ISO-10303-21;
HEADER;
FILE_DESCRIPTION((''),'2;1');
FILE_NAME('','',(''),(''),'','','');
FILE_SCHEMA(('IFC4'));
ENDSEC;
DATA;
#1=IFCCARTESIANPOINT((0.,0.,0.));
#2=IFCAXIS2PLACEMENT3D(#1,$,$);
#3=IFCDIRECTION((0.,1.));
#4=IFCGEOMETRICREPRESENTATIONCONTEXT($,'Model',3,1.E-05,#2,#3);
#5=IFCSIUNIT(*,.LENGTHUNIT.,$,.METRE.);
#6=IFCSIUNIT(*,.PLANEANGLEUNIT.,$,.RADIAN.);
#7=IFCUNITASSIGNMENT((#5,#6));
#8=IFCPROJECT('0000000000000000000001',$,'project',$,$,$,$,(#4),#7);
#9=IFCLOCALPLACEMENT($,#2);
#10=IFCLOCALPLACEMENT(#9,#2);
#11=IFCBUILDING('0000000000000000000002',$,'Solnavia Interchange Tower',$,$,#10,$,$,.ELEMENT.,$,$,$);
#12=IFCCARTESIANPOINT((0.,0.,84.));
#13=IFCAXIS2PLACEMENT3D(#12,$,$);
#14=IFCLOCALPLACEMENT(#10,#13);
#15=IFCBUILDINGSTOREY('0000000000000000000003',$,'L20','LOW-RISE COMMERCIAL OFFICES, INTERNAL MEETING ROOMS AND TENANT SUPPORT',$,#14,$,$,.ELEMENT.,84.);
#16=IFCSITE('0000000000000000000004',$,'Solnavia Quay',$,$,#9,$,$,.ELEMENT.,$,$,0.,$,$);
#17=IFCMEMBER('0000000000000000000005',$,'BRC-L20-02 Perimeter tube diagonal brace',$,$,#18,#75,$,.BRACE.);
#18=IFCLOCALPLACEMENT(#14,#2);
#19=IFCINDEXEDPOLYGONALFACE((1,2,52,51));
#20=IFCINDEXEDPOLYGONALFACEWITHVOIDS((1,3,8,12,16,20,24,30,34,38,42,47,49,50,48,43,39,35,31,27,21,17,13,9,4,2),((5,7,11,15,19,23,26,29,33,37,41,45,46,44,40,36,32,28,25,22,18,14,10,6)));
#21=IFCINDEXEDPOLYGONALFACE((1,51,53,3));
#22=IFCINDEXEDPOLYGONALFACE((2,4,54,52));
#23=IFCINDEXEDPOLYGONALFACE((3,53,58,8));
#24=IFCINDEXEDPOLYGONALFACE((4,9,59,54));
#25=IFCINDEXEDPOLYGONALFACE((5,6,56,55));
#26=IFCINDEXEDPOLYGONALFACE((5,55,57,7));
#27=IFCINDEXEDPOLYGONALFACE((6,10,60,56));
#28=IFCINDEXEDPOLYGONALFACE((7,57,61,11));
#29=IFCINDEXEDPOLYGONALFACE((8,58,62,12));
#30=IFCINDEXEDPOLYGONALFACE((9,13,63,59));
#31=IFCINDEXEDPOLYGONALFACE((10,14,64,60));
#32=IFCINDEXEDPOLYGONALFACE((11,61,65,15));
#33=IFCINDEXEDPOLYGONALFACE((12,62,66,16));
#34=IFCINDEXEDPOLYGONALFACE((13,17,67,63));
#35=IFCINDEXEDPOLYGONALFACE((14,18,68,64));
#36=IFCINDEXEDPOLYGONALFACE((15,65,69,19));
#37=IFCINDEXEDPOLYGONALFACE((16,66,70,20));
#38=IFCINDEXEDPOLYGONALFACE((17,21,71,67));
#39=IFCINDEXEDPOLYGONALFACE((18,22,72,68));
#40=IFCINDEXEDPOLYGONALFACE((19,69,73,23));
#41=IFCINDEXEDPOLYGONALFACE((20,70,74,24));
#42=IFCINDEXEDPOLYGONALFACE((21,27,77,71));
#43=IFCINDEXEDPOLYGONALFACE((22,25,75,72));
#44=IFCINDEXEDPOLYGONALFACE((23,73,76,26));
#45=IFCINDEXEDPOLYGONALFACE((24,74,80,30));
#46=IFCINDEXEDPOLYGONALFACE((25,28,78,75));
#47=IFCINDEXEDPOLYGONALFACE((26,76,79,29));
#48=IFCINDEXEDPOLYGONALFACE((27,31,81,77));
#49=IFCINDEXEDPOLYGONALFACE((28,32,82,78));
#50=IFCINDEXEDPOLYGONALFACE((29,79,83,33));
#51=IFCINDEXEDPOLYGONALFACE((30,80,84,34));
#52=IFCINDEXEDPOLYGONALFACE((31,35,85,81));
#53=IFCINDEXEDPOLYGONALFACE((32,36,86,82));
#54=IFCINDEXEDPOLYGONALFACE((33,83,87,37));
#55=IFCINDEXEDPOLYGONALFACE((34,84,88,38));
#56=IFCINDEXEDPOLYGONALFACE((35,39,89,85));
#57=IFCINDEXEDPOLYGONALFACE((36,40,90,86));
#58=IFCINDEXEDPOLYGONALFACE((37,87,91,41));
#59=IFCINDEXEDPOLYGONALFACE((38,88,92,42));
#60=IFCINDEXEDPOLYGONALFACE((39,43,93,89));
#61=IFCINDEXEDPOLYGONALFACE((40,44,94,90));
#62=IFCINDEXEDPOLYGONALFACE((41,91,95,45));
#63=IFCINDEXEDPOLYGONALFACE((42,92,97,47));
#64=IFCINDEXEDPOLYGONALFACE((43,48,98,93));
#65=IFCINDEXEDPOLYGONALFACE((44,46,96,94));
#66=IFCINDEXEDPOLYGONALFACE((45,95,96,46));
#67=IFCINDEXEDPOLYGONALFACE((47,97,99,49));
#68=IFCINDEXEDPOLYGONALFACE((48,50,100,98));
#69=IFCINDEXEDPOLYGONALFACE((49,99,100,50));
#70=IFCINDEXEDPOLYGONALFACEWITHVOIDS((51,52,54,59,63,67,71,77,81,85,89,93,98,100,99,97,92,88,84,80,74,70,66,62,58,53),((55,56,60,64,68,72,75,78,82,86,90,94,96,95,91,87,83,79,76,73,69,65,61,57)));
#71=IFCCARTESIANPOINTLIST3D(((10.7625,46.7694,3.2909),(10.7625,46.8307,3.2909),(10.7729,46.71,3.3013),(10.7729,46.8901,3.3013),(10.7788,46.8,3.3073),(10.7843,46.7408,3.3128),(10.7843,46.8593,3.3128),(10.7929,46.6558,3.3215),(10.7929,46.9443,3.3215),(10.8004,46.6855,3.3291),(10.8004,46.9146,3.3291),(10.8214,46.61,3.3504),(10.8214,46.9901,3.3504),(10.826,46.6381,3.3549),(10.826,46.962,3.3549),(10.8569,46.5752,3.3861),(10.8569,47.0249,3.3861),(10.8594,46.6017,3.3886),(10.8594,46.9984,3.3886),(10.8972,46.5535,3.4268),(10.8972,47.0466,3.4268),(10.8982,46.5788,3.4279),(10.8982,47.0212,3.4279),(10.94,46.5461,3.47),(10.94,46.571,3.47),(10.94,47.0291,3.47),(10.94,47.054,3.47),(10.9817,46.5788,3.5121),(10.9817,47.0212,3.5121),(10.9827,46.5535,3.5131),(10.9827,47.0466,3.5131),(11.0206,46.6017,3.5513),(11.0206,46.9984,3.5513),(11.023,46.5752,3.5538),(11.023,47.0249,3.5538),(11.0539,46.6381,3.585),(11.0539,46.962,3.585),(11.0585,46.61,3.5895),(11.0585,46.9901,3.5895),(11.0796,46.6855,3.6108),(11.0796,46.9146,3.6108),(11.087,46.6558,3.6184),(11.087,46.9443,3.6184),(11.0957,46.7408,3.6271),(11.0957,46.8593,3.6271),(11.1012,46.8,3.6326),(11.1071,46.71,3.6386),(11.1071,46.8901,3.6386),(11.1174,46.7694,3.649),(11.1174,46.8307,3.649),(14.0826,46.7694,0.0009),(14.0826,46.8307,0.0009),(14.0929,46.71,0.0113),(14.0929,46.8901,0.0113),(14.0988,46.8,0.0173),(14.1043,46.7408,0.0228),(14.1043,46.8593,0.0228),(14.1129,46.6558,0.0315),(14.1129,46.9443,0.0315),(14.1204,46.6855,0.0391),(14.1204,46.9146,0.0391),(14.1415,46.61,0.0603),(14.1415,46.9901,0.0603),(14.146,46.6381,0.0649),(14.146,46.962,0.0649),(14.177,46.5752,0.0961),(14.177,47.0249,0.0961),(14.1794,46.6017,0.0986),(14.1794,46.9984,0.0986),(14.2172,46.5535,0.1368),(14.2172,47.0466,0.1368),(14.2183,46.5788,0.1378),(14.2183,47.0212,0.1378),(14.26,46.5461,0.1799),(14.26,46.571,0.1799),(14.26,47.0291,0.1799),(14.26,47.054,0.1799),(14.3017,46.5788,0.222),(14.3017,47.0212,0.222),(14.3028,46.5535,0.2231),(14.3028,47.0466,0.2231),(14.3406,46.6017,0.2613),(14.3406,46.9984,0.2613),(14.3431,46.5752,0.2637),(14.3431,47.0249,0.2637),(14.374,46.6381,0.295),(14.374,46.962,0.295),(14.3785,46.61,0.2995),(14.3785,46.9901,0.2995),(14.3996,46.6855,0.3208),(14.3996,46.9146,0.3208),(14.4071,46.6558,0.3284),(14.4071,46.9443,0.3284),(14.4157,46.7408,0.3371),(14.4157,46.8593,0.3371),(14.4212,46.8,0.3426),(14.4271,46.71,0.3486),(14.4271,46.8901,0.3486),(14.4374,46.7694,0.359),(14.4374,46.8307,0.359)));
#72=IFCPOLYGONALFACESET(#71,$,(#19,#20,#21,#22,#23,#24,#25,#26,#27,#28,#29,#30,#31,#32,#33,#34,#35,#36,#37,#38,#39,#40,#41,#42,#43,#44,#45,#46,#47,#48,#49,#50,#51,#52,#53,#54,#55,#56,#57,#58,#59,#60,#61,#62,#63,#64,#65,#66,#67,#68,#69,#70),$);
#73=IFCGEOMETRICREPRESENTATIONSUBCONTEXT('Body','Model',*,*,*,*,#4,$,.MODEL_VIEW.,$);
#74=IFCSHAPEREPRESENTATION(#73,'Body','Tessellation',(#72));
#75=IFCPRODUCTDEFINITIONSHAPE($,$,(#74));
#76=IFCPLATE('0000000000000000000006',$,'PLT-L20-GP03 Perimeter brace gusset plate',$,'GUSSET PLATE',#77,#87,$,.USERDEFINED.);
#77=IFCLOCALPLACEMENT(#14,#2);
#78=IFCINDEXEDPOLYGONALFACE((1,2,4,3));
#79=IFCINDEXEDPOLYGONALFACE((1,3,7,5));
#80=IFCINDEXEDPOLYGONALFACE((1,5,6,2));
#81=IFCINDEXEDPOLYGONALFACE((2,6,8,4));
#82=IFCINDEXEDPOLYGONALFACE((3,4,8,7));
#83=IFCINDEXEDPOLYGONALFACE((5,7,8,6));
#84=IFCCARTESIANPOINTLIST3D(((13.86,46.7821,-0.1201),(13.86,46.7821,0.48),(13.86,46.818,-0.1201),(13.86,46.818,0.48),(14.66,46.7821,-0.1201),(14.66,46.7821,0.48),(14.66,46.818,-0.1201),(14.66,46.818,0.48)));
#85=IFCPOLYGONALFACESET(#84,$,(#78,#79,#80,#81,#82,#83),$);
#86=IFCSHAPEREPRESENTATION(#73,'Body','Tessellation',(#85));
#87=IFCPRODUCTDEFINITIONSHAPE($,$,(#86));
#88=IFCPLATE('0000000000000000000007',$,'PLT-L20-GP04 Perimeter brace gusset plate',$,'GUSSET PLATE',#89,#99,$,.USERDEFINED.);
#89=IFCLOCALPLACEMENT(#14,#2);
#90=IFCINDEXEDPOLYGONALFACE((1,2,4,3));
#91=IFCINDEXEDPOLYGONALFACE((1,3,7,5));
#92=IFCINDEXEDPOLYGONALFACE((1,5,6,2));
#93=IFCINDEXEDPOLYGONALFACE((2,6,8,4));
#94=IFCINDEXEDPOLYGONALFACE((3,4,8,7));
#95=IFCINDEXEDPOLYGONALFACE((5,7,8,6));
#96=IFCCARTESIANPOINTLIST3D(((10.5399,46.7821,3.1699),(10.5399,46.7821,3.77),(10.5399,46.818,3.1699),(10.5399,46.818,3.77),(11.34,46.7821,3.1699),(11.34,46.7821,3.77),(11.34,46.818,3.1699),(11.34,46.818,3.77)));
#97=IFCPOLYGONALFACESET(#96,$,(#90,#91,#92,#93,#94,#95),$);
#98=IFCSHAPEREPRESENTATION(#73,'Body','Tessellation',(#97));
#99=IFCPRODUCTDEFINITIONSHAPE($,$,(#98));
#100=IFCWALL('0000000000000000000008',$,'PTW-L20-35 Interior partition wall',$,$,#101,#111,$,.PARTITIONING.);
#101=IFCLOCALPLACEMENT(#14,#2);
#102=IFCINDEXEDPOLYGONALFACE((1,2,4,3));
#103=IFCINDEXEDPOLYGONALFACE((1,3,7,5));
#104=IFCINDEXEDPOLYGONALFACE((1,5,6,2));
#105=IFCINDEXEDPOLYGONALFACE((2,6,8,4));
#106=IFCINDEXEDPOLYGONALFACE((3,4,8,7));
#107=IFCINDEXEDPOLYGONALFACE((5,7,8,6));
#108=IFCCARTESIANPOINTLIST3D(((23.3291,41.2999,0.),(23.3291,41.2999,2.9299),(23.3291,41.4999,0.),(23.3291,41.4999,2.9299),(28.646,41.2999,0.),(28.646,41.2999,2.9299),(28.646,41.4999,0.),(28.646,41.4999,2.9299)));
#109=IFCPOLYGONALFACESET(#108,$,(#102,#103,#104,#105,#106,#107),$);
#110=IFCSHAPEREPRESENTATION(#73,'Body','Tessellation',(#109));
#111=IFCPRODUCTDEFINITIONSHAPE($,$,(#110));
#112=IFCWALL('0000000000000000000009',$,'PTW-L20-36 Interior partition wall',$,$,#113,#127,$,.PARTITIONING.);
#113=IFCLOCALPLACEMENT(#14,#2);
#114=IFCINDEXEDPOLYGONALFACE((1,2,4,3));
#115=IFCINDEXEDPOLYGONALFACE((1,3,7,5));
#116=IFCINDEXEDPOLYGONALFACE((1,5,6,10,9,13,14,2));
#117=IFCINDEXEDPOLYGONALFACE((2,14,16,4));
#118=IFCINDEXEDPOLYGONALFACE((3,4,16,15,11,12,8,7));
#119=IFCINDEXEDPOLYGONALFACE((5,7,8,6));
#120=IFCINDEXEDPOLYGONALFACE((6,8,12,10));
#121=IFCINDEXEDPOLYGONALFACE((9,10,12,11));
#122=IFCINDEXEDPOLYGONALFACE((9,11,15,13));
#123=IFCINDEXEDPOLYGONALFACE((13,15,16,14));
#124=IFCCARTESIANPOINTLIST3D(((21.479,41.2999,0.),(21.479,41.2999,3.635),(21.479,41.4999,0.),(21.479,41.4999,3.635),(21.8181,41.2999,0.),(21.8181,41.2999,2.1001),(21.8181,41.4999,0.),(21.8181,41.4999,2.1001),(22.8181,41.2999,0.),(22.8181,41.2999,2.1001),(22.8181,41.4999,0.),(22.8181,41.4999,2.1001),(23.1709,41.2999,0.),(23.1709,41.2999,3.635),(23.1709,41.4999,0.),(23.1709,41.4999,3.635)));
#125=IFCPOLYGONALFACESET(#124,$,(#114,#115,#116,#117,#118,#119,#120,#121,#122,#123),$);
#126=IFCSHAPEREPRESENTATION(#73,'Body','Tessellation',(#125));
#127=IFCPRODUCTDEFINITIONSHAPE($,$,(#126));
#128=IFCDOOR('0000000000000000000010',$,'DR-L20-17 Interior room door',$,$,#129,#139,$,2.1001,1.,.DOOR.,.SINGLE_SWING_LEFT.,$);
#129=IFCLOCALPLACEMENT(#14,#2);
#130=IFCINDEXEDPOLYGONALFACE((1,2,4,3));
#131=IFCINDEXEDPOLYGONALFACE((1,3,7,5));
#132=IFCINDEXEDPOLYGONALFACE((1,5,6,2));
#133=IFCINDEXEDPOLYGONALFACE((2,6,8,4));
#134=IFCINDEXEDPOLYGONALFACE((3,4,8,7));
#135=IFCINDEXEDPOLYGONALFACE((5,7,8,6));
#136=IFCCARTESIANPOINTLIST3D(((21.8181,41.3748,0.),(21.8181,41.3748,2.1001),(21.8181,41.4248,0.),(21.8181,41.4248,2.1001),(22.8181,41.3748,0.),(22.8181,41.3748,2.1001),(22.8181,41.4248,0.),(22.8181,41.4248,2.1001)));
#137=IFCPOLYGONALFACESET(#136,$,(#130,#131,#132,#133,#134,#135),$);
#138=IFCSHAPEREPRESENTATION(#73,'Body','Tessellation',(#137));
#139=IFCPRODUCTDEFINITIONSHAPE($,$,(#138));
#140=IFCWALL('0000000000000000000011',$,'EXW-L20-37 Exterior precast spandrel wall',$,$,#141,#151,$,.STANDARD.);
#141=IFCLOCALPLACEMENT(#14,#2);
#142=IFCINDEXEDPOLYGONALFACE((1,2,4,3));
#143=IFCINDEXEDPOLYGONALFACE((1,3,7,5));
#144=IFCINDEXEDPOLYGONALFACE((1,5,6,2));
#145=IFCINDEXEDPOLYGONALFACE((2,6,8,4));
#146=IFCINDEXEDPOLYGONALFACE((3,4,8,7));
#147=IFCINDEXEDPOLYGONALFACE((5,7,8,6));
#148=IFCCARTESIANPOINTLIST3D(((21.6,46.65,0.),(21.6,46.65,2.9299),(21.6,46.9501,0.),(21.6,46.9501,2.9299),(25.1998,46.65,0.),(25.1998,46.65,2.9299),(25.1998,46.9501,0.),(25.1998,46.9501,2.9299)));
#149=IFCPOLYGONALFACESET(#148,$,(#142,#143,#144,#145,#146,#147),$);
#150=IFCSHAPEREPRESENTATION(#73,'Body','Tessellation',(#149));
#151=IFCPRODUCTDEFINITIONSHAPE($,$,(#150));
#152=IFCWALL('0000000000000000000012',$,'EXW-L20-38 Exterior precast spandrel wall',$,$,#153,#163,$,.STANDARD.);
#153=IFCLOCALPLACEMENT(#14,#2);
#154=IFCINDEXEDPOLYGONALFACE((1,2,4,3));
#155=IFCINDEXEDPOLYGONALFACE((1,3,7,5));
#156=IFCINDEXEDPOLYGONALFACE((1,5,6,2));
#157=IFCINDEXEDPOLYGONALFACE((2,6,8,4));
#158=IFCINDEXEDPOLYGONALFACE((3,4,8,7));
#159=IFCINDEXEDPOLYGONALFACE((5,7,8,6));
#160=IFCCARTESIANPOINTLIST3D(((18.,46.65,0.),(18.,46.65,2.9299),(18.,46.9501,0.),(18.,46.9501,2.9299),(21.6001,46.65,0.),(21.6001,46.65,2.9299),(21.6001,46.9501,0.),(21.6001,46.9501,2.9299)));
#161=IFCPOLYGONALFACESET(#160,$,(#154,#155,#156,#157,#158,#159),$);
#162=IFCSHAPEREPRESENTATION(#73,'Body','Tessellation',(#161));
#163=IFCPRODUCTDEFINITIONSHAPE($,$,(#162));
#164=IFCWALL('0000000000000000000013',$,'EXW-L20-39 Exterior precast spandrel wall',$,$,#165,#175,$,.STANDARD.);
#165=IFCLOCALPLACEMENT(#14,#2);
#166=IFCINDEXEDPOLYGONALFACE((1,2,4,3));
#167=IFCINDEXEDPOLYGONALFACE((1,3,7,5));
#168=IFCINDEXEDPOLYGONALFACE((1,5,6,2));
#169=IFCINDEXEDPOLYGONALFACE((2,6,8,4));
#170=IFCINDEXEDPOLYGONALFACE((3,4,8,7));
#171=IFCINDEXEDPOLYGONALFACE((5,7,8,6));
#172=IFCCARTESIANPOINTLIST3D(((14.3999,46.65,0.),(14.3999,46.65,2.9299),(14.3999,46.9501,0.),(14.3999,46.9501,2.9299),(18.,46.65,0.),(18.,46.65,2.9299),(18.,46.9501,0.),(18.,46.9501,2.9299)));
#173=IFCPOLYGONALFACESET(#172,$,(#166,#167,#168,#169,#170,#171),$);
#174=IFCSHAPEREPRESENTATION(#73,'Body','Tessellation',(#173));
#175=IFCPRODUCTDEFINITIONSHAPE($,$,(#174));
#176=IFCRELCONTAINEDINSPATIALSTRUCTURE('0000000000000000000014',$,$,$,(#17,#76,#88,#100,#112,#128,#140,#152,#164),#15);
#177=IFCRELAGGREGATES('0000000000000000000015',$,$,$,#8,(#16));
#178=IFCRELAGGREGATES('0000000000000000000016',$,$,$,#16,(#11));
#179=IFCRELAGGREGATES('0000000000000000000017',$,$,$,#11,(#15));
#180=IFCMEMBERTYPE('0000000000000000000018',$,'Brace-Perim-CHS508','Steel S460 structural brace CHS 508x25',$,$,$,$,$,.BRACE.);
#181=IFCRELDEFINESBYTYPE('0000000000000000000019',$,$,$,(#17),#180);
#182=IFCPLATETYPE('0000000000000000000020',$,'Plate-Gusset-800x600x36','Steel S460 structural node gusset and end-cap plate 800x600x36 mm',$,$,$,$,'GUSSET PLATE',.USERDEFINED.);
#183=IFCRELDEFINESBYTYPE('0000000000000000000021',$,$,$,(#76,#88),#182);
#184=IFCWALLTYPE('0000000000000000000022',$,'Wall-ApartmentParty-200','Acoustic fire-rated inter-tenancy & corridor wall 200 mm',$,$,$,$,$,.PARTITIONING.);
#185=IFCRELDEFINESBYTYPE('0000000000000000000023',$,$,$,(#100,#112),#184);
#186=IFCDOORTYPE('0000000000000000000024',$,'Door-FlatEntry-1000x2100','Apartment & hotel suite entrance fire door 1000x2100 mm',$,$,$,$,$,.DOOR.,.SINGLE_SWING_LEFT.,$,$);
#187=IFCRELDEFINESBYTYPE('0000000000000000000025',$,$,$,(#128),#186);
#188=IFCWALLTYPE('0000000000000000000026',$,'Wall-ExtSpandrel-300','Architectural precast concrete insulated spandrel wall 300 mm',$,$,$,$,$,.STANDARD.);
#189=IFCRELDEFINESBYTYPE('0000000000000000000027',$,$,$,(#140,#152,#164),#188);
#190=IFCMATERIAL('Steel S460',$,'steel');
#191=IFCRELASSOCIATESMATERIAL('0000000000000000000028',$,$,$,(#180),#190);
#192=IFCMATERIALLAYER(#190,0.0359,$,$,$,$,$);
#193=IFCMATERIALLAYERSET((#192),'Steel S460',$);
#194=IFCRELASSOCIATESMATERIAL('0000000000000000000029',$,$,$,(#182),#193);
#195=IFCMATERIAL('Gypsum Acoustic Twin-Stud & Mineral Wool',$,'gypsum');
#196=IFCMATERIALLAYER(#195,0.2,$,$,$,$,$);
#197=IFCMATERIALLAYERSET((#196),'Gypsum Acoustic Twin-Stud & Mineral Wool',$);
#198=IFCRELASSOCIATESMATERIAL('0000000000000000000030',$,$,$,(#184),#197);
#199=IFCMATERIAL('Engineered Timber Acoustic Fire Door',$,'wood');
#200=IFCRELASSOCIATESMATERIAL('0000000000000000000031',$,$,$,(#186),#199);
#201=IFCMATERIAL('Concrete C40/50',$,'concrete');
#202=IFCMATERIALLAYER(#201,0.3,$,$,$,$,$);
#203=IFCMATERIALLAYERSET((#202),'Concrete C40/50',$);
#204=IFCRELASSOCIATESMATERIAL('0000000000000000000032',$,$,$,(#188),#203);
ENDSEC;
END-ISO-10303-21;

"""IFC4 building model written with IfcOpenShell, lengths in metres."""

from ifc_helpers import new_model, si_unit, direction, frame, frame_2d, origin, origin_2d, place, context, subcontext, project, spatial, rectangle, hollow_circle, extrude, material, layer, layer_set, material_profile, profile_set, type_object, element, fill, save


model = new_model("IFC4")

# Units and contexts
model_context = context("Model", 3, precision=1e-05, world=origin(), true_north=direction((0.0, 1.0)))
body_context = subcontext(model_context, "Body", "Model", "MODEL_VIEW")
ifc_project = project(units=[si_unit("LENGTHUNIT", "METRE"), si_unit("PLANEANGLEUNIT", "RADIAN")], contexts=[model_context])

# Site, building, storey
site_placement = place(None, origin())
site = spatial("IfcSite", under=ifc_project, at=site_placement, Name="Solnavia Quay", CompositionType="ELEMENT", RefElevation=0.0)
building_placement = place(site_placement, origin())
building = spatial("IfcBuilding", under=site, at=building_placement, Name="Solnavia Interchange Tower", CompositionType="ELEMENT")
storey_placement = place(building_placement, frame((0.0, 0.0, 84.0)))
storey = spatial("IfcBuildingStorey", under=building, at=storey_placement, Name="L20", Description="LOW-RISE COMMERCIAL OFFICES, INTERNAL MEETING ROOMS AND TENANT SUPPORT", CompositionType="ELEMENT", Elevation=84.0)

# Shared definitions
ifc_material_1 = material(Name="Steel S460", Category="steel")

# Member
ifc_material_profile_1 = material_profile(ifc_material_1, hollow_circle(Radius=0.2539, WallThickness=0.0249, at=origin_2d()), Name="CHS 508x25")
ifc_profile_set_1 = profile_set([ifc_material_profile_1], Name="Steel S460")
member_type = type_object("IfcMemberType", Name="Brace-Perim-CHS508", Description="Steel S460 structural brace CHS 508x25", PredefinedType="BRACE", material=ifc_profile_set_1)
member_placement = place(storey_placement, frame((14.26, 46.8, 0.1799), z_axis=(-0.710312, 0.0, 0.703887), x_axis=(0.0, -1.0, 0.0)))
element("IfcMember", 1, at=member_placement, inside=storey, type_object=member_type, Name="BRC-L20-02 Perimeter tube diagonal brace", PredefinedType="BRACE", context=body_context, shape_type="SweptSolid", body=[
    extrude(hollow_circle(Radius=0.2539, WallThickness=0.0249, at=origin_2d()), origin(), (0.0, 0.0, 1.0), 4.6741),
])

# Plates
ifc_layer_1 = layer(ifc_material_1, 0.0359)
ifc_layer_set_1 = layer_set([ifc_layer_1], Name="Steel S460")
plate_type = type_object("IfcPlateType", Name="Plate-Gusset-800x600x36", Description="Steel S460 structural node gusset and end-cap plate 800x600x36 mm", ElementType="GUSSET PLATE", PredefinedType="USERDEFINED", material=ifc_layer_set_1)
for number, where, z_axis, x_axis, name in (
    (2, (14.26, 46.8, -0.1201), (0.0, 0.0, 1.0), (-1.0, 0.0, 0.0), "PLT-L20-GP03 Perimeter brace gusset plate"),
    (3, (10.9399, 46.8, 3.1699), (0.0, 0.0, 1.0), (-1.0, 0.0, 0.0), "PLT-L20-GP04 Perimeter brace gusset plate"),
):
    element("IfcPlate", number, at=place(storey_placement, frame(where, z_axis=z_axis, x_axis=x_axis)), inside=storey, type_object=plate_type, Name=name, ObjectType="GUSSET PLATE", PredefinedType="USERDEFINED", context=body_context, shape_type="SweptSolid", body=[
        extrude(rectangle(XDim=0.8, YDim=0.0359, at=origin_2d()), origin(), (0.0, 0.0, 1.0), 0.6001),
    ])

# Wall
ifc_material_2 = material(Name="Gypsum Acoustic Twin-Stud & Mineral Wool", Category="gypsum")
ifc_layer_2 = layer(ifc_material_2, 0.2)
ifc_layer_set_2 = layer_set([ifc_layer_2], Name="Gypsum Acoustic Twin-Stud & Mineral Wool")
wall_type_1 = type_object("IfcWallType", Name="Wall-ApartmentParty-200", Description="Acoustic fire-rated inter-tenancy & corridor wall 200 mm", PredefinedType="PARTITIONING", material=ifc_layer_set_2)
wall_1_placement = place(storey_placement, frame((23.3291, 41.3999, 0.0), z_axis=(0.0, 0.0, 1.0), x_axis=(1.0, 0.0, 0.0)))
element("IfcWall", 4, at=wall_1_placement, inside=storey, type_object=wall_type_1, Name="PTW-L20-35 Interior partition wall", PredefinedType="PARTITIONING", context=body_context, shape_type="SweptSolid", body=[
    extrude(rectangle(XDim=5.3169, YDim=0.2, at=frame_2d((2.6584, 0.0))), origin(), (0.0, 0.0, 1.0), 2.9299),
])

# Wall, opening, door
wall_2_placement = place(storey_placement, frame((21.479, 41.3999, 0.0), z_axis=(0.0, 0.0, 1.0), x_axis=(1.0, 0.0, 0.0)))
wall_2 = element("IfcWall", 5, at=wall_2_placement, inside=storey, type_object=wall_type_1, Name="PTW-L20-36 Interior partition wall", PredefinedType="PARTITIONING", context=body_context, shape_type="SweptSolid", body=[
    extrude(rectangle(XDim=1.6919, YDim=0.2, at=frame_2d((0.8459, 0.0))), origin(), (0.0, 0.0, 1.0), 3.635),
])
opening_placement = place(wall_2_placement, frame((0.3391, 0.0, 0.0)))
opening = element("IfcOpeningElement", 6, at=opening_placement, cuts=wall_2, PredefinedType="OPENING", context=body_context, shape_type="SweptSolid", body=[
    extrude(rectangle(XDim=1.0, YDim=2.1001, at=frame_2d((0.5, 1.05))), frame((0.0, 0.1099, 0.0), z_axis=(0.0, -1.0, 0.0), x_axis=(1.0, 0.0, 0.0)), (0.0, 0.0, 1.0), 0.22),
])
ifc_material_3 = material(Name="Engineered Timber Acoustic Fire Door", Category="wood")
door_type = type_object("IfcDoorType", Name="Door-FlatEntry-1000x2100", Description="Apartment & hotel suite entrance fire door 1000x2100 mm", OperationType="SINGLE_SWING_LEFT", PredefinedType="DOOR", material=ifc_material_3)
door_placement = place(opening_placement, origin())
door = element("IfcDoor", 7, at=door_placement, inside=storey, type_object=door_type, Name="DR-L20-17 Interior room door", OperationType="SINGLE_SWING_LEFT", OverallHeight=2.1001, OverallWidth=1.0, PredefinedType="DOOR", context=body_context, shape_type="SweptSolid", body=[
    extrude(rectangle(XDim=1.0, YDim=2.1001, at=frame_2d((0.5, 1.05))), frame((0.0, 0.0249, 0.0), z_axis=(0.0, -1.0, 0.0), x_axis=(1.0, 0.0, 0.0)), (0.0, 0.0, 1.0), 0.05),
])
fill(opening, door)

# Walls
ifc_material_4 = material(Name="Concrete C40/50", Category="concrete")
ifc_layer_3 = layer(ifc_material_4, 0.3)
ifc_layer_set_3 = layer_set([ifc_layer_3], Name="Concrete C40/50")
wall_type_2 = type_object("IfcWallType", Name="Wall-ExtSpandrel-300", Description="Architectural precast concrete insulated spandrel wall 300 mm", PredefinedType="STANDARD", material=ifc_layer_set_3)
wall_3_placement = place(storey_placement, frame((21.6001, 46.8, 0.0), z_axis=(0.0, 0.0, 1.0), x_axis=(1.0, 0.0, 0.0)))
element("IfcWall", 8, at=wall_3_placement, inside=storey, type_object=wall_type_2, Name="EXW-L20-37 Exterior precast spandrel wall", PredefinedType="STANDARD", context=body_context, shape_type="SweptSolid", body=[
    extrude(rectangle(XDim=3.5999, YDim=0.3, at=frame_2d((1.7998, 0.0))), origin(), (0.0, 0.0, 1.0), 2.9299),
])
for number, where, z_axis, x_axis, name in (
    (9, (18.0, 46.8, 0.0), (0.0, 0.0, 1.0), (1.0, 0.0, 0.0), "EXW-L20-38 Exterior precast spandrel wall"),
    (10, (14.3999, 46.8, 0.0), (0.0, 0.0, 1.0), (1.0, 0.0, 0.0), "EXW-L20-39 Exterior precast spandrel wall"),
):
    element("IfcWall", number, at=place(storey_placement, frame(where, z_axis=z_axis, x_axis=x_axis)), inside=storey, type_object=wall_type_2, Name=name, PredefinedType="STANDARD", context=body_context, shape_type="SweptSolid", body=[
        extrude(rectangle(XDim=3.6001, YDim=0.3, at=frame_2d((1.8, 0.0))), origin(), (0.0, 0.0, 1.0), 2.9299),
    ])

save(model, "model.ifc")
